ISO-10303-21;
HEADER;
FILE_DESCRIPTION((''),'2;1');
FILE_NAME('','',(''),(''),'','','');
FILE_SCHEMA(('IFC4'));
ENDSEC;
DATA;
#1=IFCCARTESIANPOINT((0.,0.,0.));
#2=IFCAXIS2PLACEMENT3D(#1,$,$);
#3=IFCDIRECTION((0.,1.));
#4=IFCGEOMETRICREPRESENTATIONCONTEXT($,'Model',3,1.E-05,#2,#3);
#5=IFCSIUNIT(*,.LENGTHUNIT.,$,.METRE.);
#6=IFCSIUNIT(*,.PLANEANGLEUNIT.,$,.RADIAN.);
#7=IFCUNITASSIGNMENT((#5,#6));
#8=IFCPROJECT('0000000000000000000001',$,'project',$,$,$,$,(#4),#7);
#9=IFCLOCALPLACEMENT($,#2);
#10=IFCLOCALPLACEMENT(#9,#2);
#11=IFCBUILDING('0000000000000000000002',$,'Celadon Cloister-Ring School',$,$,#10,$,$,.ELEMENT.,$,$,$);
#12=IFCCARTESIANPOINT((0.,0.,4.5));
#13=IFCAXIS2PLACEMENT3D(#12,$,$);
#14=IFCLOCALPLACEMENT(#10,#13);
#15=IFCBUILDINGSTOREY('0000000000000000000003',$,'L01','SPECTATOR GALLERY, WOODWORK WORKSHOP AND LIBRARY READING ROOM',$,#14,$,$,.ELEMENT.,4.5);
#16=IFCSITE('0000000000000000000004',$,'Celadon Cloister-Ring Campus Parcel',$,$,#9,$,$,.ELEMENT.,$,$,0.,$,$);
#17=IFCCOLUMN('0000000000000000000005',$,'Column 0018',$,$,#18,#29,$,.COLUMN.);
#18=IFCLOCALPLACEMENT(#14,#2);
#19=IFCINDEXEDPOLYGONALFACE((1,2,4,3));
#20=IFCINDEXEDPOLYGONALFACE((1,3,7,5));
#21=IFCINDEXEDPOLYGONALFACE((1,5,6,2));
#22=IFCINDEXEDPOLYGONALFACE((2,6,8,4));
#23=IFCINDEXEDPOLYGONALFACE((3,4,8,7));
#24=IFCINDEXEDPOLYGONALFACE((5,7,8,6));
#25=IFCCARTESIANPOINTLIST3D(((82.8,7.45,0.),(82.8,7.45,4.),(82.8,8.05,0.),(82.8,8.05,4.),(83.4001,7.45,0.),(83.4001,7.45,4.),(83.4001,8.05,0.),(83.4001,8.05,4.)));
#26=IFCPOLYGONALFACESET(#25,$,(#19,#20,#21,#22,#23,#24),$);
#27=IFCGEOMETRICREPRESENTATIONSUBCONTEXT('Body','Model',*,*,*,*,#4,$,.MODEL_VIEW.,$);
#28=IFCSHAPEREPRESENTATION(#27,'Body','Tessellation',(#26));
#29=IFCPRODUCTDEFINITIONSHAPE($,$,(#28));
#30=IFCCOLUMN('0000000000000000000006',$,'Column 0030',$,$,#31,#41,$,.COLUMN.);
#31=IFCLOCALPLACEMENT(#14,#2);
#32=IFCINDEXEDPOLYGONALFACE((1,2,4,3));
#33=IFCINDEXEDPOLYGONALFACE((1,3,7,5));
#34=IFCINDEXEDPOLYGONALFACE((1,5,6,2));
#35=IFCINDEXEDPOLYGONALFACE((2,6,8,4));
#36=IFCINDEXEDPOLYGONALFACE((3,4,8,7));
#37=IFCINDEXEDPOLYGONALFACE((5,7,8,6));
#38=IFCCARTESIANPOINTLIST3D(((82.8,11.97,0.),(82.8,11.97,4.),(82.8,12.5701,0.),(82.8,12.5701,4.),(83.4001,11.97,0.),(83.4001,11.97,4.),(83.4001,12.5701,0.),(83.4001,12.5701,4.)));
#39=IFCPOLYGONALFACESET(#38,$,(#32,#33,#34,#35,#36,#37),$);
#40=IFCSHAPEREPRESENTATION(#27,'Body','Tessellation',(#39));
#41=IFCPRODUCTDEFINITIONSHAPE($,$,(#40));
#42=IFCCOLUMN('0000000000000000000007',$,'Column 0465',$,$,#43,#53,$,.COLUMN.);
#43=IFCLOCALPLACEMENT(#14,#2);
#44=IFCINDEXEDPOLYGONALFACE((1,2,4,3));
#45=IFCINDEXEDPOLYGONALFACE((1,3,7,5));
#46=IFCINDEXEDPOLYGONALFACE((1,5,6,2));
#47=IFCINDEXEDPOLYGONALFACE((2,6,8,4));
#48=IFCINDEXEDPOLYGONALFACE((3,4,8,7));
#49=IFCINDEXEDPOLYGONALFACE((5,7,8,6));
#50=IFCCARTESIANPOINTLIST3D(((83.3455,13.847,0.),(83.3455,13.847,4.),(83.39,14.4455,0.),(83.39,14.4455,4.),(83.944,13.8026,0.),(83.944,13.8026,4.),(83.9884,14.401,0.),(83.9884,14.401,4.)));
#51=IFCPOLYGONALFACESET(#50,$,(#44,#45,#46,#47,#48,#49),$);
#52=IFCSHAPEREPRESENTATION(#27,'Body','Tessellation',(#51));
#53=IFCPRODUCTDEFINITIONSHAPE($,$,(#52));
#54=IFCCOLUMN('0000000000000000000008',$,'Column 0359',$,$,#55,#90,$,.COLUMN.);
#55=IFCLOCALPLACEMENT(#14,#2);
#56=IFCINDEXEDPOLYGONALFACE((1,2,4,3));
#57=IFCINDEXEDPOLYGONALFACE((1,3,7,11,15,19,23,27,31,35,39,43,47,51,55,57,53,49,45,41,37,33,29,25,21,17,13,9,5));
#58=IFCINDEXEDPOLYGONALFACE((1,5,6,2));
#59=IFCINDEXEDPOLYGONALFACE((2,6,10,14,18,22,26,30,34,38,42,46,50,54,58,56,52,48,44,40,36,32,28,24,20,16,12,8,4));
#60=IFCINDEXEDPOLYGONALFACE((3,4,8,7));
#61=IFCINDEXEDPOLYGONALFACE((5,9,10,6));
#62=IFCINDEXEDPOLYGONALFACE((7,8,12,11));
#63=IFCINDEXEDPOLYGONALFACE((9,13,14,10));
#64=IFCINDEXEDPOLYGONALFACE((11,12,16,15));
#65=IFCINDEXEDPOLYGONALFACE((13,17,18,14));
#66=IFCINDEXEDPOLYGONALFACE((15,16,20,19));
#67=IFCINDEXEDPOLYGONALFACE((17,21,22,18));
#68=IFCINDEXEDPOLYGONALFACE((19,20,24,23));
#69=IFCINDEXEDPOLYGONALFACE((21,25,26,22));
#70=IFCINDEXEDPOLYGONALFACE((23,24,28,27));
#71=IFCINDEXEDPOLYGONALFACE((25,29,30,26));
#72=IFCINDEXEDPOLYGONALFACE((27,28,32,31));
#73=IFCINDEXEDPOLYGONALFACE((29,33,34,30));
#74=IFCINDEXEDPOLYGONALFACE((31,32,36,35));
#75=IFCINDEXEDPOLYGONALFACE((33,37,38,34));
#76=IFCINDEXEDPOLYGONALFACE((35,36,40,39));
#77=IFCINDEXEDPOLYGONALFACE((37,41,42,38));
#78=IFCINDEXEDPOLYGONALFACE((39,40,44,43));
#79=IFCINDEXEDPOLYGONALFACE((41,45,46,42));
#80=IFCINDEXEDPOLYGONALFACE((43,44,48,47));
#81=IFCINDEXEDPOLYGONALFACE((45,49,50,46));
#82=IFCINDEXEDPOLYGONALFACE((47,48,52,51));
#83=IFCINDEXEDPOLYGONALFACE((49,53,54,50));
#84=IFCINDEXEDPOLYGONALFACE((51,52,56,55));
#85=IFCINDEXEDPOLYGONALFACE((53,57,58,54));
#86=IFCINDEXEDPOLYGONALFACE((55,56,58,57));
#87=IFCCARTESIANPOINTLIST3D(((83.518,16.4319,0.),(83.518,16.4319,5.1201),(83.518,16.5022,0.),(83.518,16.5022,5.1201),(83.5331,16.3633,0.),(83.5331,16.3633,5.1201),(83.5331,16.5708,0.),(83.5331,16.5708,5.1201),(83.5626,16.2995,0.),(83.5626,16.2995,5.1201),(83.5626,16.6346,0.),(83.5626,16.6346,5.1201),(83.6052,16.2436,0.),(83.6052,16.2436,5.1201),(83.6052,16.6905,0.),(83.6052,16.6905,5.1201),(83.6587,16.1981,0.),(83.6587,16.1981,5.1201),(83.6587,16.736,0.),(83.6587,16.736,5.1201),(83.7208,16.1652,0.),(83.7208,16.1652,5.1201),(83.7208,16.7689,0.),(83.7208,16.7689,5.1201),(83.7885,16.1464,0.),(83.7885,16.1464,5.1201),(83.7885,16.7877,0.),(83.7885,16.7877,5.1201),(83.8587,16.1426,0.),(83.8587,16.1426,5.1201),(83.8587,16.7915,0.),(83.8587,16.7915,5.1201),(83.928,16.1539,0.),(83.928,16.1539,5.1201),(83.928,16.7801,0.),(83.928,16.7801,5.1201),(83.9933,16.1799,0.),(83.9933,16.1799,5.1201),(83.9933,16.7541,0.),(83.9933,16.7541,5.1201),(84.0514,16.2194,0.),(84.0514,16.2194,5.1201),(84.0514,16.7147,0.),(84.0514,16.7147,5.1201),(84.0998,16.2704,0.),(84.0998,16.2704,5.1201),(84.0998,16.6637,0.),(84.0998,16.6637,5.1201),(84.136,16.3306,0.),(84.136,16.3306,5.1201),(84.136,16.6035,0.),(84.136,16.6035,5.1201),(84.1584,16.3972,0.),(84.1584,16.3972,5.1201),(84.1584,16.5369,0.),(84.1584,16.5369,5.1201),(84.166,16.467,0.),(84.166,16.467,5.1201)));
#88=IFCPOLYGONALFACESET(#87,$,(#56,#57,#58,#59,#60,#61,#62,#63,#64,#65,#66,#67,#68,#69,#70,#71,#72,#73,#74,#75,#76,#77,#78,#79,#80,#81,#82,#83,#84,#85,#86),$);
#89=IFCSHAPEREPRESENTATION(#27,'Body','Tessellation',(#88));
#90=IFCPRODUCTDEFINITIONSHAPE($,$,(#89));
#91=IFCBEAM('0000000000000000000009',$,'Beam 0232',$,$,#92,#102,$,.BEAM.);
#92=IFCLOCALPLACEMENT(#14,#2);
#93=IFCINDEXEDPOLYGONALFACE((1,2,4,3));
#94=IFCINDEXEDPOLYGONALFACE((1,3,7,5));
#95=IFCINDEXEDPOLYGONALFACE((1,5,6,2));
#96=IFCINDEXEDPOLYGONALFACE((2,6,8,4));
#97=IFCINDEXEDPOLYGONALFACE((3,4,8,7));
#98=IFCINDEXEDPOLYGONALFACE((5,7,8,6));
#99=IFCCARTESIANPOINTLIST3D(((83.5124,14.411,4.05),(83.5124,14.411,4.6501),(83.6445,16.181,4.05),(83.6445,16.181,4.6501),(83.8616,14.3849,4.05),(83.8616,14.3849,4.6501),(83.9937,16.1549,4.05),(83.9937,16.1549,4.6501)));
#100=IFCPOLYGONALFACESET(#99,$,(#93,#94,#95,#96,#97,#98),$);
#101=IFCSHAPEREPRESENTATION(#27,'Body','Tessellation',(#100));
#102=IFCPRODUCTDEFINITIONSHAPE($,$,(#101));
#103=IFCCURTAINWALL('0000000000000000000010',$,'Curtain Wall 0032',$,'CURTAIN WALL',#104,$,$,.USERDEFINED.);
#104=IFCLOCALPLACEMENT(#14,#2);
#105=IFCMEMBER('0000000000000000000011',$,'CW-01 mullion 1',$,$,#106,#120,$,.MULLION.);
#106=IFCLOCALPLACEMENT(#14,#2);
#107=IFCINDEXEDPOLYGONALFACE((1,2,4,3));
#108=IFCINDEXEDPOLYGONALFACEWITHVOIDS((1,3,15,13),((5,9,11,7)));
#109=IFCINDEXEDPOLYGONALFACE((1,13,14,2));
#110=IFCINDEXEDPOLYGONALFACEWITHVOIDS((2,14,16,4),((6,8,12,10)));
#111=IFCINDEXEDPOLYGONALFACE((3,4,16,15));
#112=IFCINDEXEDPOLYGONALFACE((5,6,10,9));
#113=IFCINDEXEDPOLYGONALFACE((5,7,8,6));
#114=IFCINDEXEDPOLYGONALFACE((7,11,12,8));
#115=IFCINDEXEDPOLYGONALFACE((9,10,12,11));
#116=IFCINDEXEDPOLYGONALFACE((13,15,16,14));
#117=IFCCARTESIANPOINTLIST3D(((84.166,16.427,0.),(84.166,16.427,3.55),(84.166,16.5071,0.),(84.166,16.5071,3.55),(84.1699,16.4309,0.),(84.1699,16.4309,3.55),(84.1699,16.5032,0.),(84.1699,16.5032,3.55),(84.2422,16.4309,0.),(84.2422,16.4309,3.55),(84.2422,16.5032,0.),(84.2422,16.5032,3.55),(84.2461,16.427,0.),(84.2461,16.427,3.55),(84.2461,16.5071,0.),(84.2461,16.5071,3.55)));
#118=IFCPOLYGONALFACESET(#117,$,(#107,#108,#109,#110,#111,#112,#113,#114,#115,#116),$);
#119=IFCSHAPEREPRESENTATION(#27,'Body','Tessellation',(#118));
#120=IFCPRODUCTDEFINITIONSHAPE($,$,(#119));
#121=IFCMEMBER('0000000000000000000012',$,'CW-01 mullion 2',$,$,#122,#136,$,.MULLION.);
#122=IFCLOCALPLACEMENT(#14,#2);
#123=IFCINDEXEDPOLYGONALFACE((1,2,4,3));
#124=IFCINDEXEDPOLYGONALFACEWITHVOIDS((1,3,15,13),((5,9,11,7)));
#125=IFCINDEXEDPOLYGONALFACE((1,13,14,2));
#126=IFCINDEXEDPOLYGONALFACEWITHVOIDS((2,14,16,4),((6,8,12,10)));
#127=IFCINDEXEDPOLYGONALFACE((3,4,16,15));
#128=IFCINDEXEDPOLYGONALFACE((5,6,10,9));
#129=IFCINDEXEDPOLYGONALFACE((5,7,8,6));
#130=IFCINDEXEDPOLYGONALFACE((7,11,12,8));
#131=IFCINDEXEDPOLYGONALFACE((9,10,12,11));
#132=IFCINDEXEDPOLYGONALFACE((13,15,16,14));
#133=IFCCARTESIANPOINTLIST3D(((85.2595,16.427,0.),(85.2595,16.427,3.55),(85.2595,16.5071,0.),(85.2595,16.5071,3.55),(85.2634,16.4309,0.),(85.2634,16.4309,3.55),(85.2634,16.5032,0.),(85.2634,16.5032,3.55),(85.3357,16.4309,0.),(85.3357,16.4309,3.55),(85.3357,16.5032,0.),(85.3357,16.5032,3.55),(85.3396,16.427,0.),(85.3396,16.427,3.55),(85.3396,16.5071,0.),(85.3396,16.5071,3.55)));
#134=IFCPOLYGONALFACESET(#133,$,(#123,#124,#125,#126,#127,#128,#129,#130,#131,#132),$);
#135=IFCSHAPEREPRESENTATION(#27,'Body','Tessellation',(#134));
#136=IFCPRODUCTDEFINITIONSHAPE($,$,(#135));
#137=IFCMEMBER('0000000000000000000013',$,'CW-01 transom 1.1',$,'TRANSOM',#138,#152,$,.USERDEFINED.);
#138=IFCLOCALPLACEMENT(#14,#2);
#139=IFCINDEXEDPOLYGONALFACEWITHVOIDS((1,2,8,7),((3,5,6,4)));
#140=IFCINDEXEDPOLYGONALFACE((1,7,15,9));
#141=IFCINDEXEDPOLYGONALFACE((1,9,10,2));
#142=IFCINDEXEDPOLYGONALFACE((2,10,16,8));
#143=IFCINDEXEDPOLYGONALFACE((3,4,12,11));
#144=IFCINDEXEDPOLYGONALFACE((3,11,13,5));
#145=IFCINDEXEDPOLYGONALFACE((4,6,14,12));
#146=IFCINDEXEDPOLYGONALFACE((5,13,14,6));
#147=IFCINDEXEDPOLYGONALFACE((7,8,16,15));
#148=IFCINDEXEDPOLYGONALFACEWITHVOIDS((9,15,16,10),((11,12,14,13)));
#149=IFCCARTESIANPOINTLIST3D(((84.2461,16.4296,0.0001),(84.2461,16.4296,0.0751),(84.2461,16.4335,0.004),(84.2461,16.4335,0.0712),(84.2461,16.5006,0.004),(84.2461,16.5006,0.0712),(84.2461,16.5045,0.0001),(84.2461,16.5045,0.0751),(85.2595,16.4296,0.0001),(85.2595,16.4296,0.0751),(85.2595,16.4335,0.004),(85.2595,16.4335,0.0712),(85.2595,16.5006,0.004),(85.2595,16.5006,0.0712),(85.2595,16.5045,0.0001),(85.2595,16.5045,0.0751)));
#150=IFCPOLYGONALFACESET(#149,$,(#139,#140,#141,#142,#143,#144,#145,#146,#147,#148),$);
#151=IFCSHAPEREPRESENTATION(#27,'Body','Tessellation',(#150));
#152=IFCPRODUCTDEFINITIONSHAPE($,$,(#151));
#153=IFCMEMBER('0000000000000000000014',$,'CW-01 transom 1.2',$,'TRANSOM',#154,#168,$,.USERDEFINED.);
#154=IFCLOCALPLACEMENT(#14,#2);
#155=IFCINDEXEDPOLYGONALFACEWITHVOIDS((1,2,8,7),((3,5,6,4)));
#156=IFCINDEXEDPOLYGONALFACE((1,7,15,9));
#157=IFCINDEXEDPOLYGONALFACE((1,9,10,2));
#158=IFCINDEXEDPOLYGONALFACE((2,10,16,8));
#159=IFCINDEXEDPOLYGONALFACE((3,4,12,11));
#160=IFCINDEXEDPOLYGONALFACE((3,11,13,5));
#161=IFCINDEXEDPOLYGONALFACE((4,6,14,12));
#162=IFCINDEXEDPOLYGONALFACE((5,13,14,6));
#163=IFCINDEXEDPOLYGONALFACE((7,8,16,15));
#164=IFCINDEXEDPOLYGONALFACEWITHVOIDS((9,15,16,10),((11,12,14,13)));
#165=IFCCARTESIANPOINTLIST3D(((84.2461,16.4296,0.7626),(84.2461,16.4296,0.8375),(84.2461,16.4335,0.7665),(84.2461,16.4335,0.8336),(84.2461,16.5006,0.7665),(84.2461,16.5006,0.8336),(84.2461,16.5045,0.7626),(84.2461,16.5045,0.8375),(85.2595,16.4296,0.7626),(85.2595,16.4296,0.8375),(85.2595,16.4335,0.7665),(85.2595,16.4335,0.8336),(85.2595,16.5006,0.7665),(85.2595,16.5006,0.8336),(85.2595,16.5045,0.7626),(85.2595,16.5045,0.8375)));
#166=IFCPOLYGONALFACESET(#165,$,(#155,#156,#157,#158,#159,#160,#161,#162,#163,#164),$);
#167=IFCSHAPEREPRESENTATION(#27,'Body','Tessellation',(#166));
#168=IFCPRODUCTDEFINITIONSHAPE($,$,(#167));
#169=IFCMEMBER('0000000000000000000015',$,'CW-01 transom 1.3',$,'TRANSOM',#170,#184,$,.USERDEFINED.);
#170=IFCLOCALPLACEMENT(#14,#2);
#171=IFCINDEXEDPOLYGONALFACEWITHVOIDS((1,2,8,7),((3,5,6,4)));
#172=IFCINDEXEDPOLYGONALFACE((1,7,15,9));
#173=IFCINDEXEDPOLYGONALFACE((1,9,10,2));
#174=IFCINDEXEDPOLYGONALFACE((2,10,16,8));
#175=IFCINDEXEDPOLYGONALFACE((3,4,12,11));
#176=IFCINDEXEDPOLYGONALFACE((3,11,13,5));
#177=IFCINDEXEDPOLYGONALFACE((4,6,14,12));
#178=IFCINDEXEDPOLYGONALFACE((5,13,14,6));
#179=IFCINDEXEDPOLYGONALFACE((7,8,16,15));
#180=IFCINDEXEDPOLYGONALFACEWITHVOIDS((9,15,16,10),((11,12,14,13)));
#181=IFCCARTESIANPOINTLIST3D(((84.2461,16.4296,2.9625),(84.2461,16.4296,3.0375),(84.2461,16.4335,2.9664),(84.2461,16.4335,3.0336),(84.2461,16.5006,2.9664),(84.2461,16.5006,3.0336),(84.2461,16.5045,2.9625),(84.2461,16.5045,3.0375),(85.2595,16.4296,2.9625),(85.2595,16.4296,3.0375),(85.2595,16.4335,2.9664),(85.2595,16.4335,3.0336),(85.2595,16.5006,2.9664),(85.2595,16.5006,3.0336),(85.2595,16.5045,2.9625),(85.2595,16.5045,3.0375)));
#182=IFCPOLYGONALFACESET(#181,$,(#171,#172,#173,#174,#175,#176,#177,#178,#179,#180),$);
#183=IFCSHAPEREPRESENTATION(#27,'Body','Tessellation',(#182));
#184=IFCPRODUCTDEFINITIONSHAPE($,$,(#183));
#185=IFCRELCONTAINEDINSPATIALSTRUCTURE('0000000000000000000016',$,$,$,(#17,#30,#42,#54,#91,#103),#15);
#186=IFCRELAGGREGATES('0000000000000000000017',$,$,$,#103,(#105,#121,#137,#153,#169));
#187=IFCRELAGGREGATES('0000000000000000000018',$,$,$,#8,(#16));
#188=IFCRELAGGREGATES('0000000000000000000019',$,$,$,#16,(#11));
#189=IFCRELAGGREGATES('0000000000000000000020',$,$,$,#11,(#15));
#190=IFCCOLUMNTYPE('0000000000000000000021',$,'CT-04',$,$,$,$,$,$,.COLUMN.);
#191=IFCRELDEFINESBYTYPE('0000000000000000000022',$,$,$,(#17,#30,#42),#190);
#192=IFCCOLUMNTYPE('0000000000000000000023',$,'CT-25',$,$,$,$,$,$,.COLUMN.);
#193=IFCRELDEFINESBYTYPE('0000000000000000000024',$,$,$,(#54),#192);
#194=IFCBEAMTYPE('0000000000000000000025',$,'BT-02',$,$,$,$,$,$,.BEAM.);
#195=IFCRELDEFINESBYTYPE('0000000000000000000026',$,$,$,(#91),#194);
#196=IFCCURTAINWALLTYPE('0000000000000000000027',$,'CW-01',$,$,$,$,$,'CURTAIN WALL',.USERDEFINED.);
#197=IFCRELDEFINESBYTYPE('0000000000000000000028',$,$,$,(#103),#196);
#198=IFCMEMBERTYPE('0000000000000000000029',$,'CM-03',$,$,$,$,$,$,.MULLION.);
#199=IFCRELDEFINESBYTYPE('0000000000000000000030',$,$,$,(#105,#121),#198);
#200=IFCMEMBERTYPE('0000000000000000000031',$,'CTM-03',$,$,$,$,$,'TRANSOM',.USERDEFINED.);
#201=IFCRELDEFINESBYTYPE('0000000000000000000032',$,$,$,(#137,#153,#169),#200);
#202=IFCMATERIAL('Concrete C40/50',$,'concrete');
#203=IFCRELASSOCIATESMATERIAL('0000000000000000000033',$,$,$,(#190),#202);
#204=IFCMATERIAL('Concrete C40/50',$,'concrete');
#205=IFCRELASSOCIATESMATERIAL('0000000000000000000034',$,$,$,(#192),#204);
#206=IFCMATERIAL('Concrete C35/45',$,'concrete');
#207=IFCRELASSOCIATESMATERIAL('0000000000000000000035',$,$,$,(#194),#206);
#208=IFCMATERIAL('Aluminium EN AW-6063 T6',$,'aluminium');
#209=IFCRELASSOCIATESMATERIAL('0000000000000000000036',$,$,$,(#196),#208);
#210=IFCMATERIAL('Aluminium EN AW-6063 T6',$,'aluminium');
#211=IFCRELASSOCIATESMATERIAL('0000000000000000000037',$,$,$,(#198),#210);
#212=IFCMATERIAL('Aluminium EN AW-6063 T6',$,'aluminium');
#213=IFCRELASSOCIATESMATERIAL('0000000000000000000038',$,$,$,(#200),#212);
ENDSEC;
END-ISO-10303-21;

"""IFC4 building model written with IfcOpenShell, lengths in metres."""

from ifc_helpers import new_model, si_unit, direction, frame, origin, origin_2d, place, context, subcontext, project, spatial, rectangle, hollow_rectangle, circle, extrude, material, material_profile, profile_set, type_object, element, aggregate, save


model = new_model("IFC4")

# Units and contexts
model_context = context("Model", 3, precision=1e-05, world=origin(), true_north=direction((0.0, 1.0)))
body_context = subcontext(model_context, "Body", "Model", "MODEL_VIEW")
ifc_project = project(units=[si_unit("LENGTHUNIT", "METRE"), si_unit("PLANEANGLEUNIT", "RADIAN")], contexts=[model_context])

# Site, building, storey
site_placement = place(None, origin())
site = spatial("IfcSite", under=ifc_project, at=site_placement, Name="Celadon Cloister-Ring Campus Parcel", CompositionType="ELEMENT", RefElevation=0.0)
building_placement = place(site_placement, origin())
building = spatial("IfcBuilding", under=site, at=building_placement, Name="Celadon Cloister-Ring School", CompositionType="ELEMENT")
storey_placement = place(building_placement, frame((0.0, 0.0, 4.5)))
storey = spatial("IfcBuildingStorey", under=building, at=storey_placement, Name="L01", Description="SPECTATOR GALLERY, WOODWORK WORKSHOP AND LIBRARY READING ROOM", CompositionType="ELEMENT", Elevation=4.5)

# Columns
ifc_material_1 = material(Name="Concrete C40/50", Category="concrete")
ifc_material_profile_1 = material_profile(ifc_material_1, rectangle(XDim=0.6001, YDim=0.6001, at=origin_2d()), Name="RC600X600")
ifc_profile_set_1 = profile_set([ifc_material_profile_1], Name="Concrete C40/50")
column_type_1 = type_object("IfcColumnType", Name="CT-04", PredefinedType="COLUMN", material=ifc_profile_set_1)
for number, where, z_axis, x_axis, name in (
    (1, (83.1001, 7.75, 0.0), (0.0, 0.0, 1.0), (1.0, 0.0, 0.0), "Column 0018"),
    (2, (83.1001, 12.27, 0.0), (0.0, 0.0, 1.0), (1.0, 0.0, 0.0), "Column 0030"),
    (3, (83.667, 14.124, 0.0), (0.0, 0.0, 1.0), (-0.074074, -0.997253, 0.0), "Column 0465"),
):
    element("IfcColumn", number, at=place(storey_placement, frame(where, z_axis=z_axis, x_axis=x_axis)), inside=storey, type_object=column_type_1, Name=name, PredefinedType="COLUMN", context=body_context, shape_type="SweptSolid", body=[
        extrude(rectangle(XDim=0.6001, YDim=0.6001, at=origin_2d()), origin(), (0.0, 0.0, 1.0), 4.0),
    ])
ifc_material_2 = material(Name="Concrete C40/50", Category="concrete")
ifc_material_profile_2 = material_profile(ifc_material_2, circle(Radius=0.325, at=origin_2d()), Name="CIRC650")
ifc_profile_set_2 = profile_set([ifc_material_profile_2], Name="Concrete C40/50")
column_type_2 = type_object("IfcColumnType", Name="CT-25", PredefinedType="COLUMN", material=ifc_profile_set_2)
column_placement = place(storey_placement, frame((83.8411, 16.467, 0.0), z_axis=(0.0, 0.0, 1.0), x_axis=(1.0, 0.0, 0.0)))
element("IfcColumn", 4, at=column_placement, inside=storey, type_object=column_type_2, Name="Column 0359", PredefinedType="COLUMN", context=body_context, shape_type="SweptSolid", body=[
    extrude(circle(Radius=0.325, at=origin_2d()), origin(), (0.0, 0.0, 1.0), 5.1201),
])

# Beam
ifc_material_3 = material(Name="Concrete C35/45", Category="concrete")
ifc_material_profile_3 = material_profile(ifc_material_3, rectangle(XDim=0.3501, YDim=0.6001, at=origin_2d()), Name="RC350X600")
ifc_profile_set_3 = profile_set([ifc_material_profile_3], Name="Concrete C35/45")
beam_type_1 = type_object("IfcBeamType", Name="BT-02", PredefinedType="BEAM", material=ifc_profile_set_3)
beam_1_placement = place(storey_placement, frame((83.687, 14.3979, 4.3501), z_axis=(0.074414, 0.997227, 0.0), x_axis=(-0.997227, 0.074414, 0.0)))
element("IfcBeam", 5, at=beam_1_placement, inside=storey, type_object=beam_type_1, Name="Beam 0232", PredefinedType="BEAM", context=body_context, shape_type="SweptSolid", body=[
    extrude(rectangle(XDim=0.3501, YDim=0.6001, at=origin_2d()), origin(), (0.0, 0.0, 1.0), 1.7749),
])

# Curtain wall, members
ifc_material_4 = material(Name="Aluminium EN AW-6063 T6", Category="aluminium")
curtain_wall_type = type_object("IfcCurtainWallType", Name="CW-01", ElementType="CURTAIN WALL", PredefinedType="USERDEFINED", material=ifc_material_4)
curtain_wall_placement = place(storey_placement, origin())
curtain_wall = element("IfcCurtainWall", 6, at=curtain_wall_placement, inside=storey, type_object=curtain_wall_type, Name="Curtain Wall 0032", ObjectType="CURTAIN WALL", PredefinedType="USERDEFINED")
ifc_material_5 = material(Name="Aluminium EN AW-6063 T6", Category="aluminium")
ifc_material_profile_4 = material_profile(ifc_material_5, hollow_rectangle(XDim=0.0801, YDim=0.0801, WallThickness=0.0039, at=origin_2d()), Name="RHS80X80X4")
ifc_profile_set_4 = profile_set([ifc_material_profile_4], Name="Aluminium EN AW-6063 T6")
member_type_1 = type_object("IfcMemberType", Name="CM-03", PredefinedType="MULLION", material=ifc_profile_set_4)
member_1_placement = place(storey_placement, frame((84.2061, 16.467, 0.0), z_axis=(0.0, 0.0, 1.0), x_axis=(0.0, 1.0, 0.0)))
member_1 = element("IfcMember", 7, at=member_1_placement, type_object=member_type_1, Name="CW-01 mullion 1", PredefinedType="MULLION", context=body_context, shape_type="SweptSolid", body=[
    extrude(hollow_rectangle(XDim=0.0801, YDim=0.0801, WallThickness=0.0039, at=origin_2d()), origin(), (0.0, 0.0, 1.0), 3.55),
])
member_2_placement = place(storey_placement, frame((85.2996, 16.467, 0.0), z_axis=(0.0, 0.0, 1.0), x_axis=(0.0, 1.0, 0.0)))
member_2 = element("IfcMember", 8, at=member_2_placement, type_object=member_type_1, Name="CW-01 mullion 2", PredefinedType="MULLION", context=body_context, shape_type="SweptSolid", body=[
    extrude(hollow_rectangle(XDim=0.0801, YDim=0.0801, WallThickness=0.0039, at=origin_2d()), origin(), (0.0, 0.0, 1.0), 3.55),
])
ifc_material_6 = material(Name="Aluminium EN AW-6063 T6", Category="aluminium")
ifc_material_profile_5 = material_profile(ifc_material_6, hollow_rectangle(XDim=0.075, YDim=0.075, WallThickness=0.0039, at=origin_2d()), Name="RHS75X75X4")
ifc_profile_set_5 = profile_set([ifc_material_profile_5], Name="Aluminium EN AW-6063 T6")
member_type_2 = type_object("IfcMemberType", Name="CTM-03", ElementType="TRANSOM", PredefinedType="USERDEFINED", material=ifc_profile_set_5)
member_3_placement = place(storey_placement, frame((84.2461, 16.467, 0.0376), z_axis=(1.0, 0.0, 0.0), x_axis=(0.0, 1.0, 0.0)))
member_3 = element("IfcMember", 9, at=member_3_placement, type_object=member_type_2, Name="CW-01 transom 1.1", ObjectType="TRANSOM", PredefinedType="USERDEFINED", context=body_context, shape_type="SweptSolid", body=[
    extrude(hollow_rectangle(XDim=0.075, YDim=0.075, WallThickness=0.0039, at=origin_2d()), origin(), (0.0, 0.0, 1.0), 1.0134),
])
member_4_placement = place(storey_placement, frame((84.2461, 16.467, 0.8), z_axis=(1.0, 0.0, 0.0), x_axis=(0.0, 1.0, 0.0)))
member_4 = element("IfcMember", 10, at=member_4_placement, type_object=member_type_2, Name="CW-01 transom 1.2", ObjectType="TRANSOM", PredefinedType="USERDEFINED", context=body_context, shape_type="SweptSolid", body=[
    extrude(hollow_rectangle(XDim=0.075, YDim=0.075, WallThickness=0.0039, at=origin_2d()), origin(), (0.0, 0.0, 1.0), 1.0134),
])
member_5_placement = place(storey_placement, frame((84.2461, 16.467, 3.0), z_axis=(1.0, 0.0, 0.0), x_axis=(0.0, 1.0, 0.0)))
member_5 = element("IfcMember", 11, at=member_5_placement, type_object=member_type_2, Name="CW-01 transom 1.3", ObjectType="TRANSOM", PredefinedType="USERDEFINED", context=body_context, shape_type="SweptSolid", body=[
    extrude(hollow_rectangle(XDim=0.075, YDim=0.075, WallThickness=0.0039, at=origin_2d()), origin(), (0.0, 0.0, 1.0), 1.0134),
])

aggregate(curtain_wall, [member_1, member_2, member_3, member_4, member_5])

save(model, "model.ifc")
